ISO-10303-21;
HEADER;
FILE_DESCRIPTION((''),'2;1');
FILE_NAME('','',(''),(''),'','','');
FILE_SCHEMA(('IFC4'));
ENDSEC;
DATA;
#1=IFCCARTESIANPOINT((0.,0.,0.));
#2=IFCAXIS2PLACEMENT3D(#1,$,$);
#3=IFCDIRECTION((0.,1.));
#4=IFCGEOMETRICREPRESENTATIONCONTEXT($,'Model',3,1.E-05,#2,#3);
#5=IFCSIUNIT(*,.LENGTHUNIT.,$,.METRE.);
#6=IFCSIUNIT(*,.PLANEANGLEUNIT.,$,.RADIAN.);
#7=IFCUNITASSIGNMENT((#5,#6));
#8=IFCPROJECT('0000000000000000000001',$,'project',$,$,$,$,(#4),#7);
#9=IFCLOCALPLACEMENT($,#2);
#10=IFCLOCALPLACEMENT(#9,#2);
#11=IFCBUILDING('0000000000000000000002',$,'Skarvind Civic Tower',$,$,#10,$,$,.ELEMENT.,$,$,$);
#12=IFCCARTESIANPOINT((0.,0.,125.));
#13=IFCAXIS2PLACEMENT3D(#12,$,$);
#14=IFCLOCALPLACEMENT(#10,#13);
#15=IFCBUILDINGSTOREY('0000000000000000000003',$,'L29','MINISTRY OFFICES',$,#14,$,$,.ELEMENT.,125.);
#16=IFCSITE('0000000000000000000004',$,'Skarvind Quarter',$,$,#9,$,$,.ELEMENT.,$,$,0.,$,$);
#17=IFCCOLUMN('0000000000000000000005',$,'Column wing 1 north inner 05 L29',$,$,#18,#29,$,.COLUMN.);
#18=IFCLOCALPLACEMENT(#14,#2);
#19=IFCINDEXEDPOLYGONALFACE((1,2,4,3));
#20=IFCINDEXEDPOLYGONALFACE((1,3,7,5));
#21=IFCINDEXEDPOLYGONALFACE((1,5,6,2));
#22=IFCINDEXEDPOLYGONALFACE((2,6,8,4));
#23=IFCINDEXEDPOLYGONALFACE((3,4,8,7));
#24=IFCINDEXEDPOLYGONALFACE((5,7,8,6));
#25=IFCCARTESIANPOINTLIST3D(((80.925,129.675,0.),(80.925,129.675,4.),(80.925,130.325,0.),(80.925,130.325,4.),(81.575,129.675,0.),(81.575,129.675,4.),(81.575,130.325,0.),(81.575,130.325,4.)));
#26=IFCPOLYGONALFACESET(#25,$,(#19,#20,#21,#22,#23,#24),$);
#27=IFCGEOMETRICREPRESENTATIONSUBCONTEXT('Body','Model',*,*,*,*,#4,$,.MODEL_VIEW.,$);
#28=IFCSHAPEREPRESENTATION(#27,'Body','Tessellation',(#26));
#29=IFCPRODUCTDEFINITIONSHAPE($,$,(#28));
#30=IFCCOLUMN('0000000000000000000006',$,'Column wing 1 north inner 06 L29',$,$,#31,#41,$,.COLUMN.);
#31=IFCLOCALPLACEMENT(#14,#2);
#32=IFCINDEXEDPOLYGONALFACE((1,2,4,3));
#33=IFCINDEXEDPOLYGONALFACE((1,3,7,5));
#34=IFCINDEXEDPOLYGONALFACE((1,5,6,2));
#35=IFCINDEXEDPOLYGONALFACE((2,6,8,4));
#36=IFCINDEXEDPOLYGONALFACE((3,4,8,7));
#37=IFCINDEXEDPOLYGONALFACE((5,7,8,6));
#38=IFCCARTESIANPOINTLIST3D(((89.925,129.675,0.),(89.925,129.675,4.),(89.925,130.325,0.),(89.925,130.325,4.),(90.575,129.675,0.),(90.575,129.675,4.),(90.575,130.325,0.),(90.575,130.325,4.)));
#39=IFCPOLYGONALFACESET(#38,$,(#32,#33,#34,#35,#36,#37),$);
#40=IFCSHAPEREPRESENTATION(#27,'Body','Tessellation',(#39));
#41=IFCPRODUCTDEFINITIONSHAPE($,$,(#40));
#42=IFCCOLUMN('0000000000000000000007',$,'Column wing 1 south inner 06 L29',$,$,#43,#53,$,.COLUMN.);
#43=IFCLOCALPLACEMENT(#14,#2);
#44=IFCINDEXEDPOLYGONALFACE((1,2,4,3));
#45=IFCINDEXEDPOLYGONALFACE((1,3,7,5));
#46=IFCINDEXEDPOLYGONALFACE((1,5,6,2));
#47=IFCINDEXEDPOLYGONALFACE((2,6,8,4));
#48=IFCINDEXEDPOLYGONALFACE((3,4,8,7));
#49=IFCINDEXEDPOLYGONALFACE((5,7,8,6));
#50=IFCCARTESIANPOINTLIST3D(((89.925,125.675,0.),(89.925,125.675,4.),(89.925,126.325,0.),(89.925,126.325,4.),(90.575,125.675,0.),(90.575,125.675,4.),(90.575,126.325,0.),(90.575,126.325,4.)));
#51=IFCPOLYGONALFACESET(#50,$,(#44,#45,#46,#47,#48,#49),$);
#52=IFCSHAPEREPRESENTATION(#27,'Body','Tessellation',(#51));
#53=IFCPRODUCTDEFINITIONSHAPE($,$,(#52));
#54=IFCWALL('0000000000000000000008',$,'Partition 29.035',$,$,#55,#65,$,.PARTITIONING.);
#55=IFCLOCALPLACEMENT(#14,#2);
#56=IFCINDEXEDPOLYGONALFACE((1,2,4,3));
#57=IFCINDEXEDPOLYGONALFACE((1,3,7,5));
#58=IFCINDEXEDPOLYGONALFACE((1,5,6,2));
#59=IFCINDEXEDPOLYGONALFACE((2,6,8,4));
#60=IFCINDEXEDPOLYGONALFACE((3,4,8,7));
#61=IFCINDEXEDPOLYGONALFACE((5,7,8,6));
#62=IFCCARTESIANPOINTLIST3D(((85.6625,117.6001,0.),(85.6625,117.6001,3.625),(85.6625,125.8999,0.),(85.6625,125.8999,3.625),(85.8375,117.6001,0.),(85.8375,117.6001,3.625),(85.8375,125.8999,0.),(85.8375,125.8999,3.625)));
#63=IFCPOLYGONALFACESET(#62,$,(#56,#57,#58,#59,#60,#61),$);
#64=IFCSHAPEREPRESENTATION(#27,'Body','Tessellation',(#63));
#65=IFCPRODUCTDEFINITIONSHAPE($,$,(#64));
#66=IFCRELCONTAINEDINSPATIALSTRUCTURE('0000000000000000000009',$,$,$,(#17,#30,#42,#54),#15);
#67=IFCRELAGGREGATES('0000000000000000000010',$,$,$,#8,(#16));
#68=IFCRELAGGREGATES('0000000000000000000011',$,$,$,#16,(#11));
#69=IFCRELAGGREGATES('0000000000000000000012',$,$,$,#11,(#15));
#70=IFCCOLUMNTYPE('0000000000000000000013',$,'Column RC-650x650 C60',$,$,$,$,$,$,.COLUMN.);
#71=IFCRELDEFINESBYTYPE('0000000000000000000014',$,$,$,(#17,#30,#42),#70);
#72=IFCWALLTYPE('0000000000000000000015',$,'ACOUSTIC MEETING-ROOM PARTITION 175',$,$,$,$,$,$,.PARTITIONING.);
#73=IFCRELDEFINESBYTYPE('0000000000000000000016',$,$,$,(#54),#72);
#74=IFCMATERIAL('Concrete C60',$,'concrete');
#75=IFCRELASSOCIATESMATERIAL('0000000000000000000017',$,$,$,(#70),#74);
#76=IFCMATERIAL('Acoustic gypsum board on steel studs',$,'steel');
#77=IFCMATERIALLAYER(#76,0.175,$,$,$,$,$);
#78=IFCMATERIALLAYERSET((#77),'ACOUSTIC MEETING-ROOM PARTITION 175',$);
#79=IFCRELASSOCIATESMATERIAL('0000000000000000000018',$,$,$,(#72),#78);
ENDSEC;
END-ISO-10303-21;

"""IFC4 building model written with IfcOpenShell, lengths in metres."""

from ifc_helpers import new_model, si_unit, direction, frame, frame_2d, origin, origin_2d, place, context, subcontext, project, spatial, rectangle, extrude, material, layer, layer_set, material_profile, profile_set, type_object, element, save


model = new_model("IFC4")

# Units and contexts
model_context = context("Model", 3, precision=1e-05, world=origin(), true_north=direction((0.0, 1.0)))
body_context = subcontext(model_context, "Body", "Model", "MODEL_VIEW")
ifc_project = project(units=[si_unit("LENGTHUNIT", "METRE"), si_unit("PLANEANGLEUNIT", "RADIAN")], contexts=[model_context])

# Site, building, storey
site_placement = place(None, origin())
site = spatial("IfcSite", under=ifc_project, at=site_placement, Name="Skarvind Quarter", CompositionType="ELEMENT", RefElevation=0.0)
building_placement = place(site_placement, origin())
building = spatial("IfcBuilding", under=site, at=building_placement, Name="Skarvind Civic Tower", CompositionType="ELEMENT")
storey_placement = place(building_placement, frame((0.0, 0.0, 125.0)))
storey = spatial("IfcBuildingStorey", under=building, at=storey_placement, Name="L29", Description="MINISTRY OFFICES", CompositionType="ELEMENT", Elevation=125.0)

# Columns
ifc_material_1 = material(Name="Concrete C60", Category="concrete")
ifc_material_profile = material_profile(ifc_material_1, rectangle(XDim=0.6499, YDim=0.6499, at=origin_2d()), Name="RC-650x650")
ifc_profile_set = profile_set([ifc_material_profile], Name="Concrete C60")
column_type = type_object("IfcColumnType", Name="Column RC-650x650 C60", PredefinedType="COLUMN", material=ifc_profile_set)
for number, where, z_axis, x_axis, name in (
    (1, (81.25, 130.0, 0.0), (0.0, 0.0, 1.0), (1.0, 0.0, 0.0), "Column wing 1 north inner 05 L29"),
    (2, (90.25, 130.0, 0.0), (0.0, 0.0, 1.0), (1.0, 0.0, 0.0), "Column wing 1 north inner 06 L29"),
    (3, (90.25, 126.0, 0.0), (0.0, 0.0, 1.0), (1.0, 0.0, 0.0), "Column wing 1 south inner 06 L29"),
):
    element("IfcColumn", number, at=place(storey_placement, frame(where, z_axis=z_axis, x_axis=x_axis)), inside=storey, type_object=column_type, Name=name, PredefinedType="COLUMN", context=body_context, shape_type="SweptSolid", body=[
        extrude(rectangle(XDim=0.6499, YDim=0.6499, at=origin_2d()), origin(), (0.0, 0.0, 1.0), 4.0),
    ])

# Wall
ifc_material_2 = material(Name="Acoustic gypsum board on steel studs", Category="steel")
ifc_layer_1 = layer(ifc_material_2, 0.175)
ifc_layer_set_1 = layer_set([ifc_layer_1], Name="ACOUSTIC MEETING-ROOM PARTITION 175")
wall_type_1 = type_object("IfcWallType", Name="ACOUSTIC MEETING-ROOM PARTITION 175", PredefinedType="PARTITIONING", material=ifc_layer_set_1)
wall_1_placement = place(storey_placement, frame((85.75, 117.6001, 0.0), z_axis=(0.0, 0.0, 1.0), x_axis=(0.0, 1.0, 0.0)))
element("IfcWall", 4, at=wall_1_placement, inside=storey, type_object=wall_type_1, Name="Partition 29.035", PredefinedType="PARTITIONING", context=body_context, shape_type="SweptSolid", body=[
    extrude(rectangle(XDim=8.2998, YDim=0.175, at=frame_2d((4.1499, 0.0))), origin(), (0.0, 0.0, 1.0), 3.625),
])

save(model, "model.ifc")
